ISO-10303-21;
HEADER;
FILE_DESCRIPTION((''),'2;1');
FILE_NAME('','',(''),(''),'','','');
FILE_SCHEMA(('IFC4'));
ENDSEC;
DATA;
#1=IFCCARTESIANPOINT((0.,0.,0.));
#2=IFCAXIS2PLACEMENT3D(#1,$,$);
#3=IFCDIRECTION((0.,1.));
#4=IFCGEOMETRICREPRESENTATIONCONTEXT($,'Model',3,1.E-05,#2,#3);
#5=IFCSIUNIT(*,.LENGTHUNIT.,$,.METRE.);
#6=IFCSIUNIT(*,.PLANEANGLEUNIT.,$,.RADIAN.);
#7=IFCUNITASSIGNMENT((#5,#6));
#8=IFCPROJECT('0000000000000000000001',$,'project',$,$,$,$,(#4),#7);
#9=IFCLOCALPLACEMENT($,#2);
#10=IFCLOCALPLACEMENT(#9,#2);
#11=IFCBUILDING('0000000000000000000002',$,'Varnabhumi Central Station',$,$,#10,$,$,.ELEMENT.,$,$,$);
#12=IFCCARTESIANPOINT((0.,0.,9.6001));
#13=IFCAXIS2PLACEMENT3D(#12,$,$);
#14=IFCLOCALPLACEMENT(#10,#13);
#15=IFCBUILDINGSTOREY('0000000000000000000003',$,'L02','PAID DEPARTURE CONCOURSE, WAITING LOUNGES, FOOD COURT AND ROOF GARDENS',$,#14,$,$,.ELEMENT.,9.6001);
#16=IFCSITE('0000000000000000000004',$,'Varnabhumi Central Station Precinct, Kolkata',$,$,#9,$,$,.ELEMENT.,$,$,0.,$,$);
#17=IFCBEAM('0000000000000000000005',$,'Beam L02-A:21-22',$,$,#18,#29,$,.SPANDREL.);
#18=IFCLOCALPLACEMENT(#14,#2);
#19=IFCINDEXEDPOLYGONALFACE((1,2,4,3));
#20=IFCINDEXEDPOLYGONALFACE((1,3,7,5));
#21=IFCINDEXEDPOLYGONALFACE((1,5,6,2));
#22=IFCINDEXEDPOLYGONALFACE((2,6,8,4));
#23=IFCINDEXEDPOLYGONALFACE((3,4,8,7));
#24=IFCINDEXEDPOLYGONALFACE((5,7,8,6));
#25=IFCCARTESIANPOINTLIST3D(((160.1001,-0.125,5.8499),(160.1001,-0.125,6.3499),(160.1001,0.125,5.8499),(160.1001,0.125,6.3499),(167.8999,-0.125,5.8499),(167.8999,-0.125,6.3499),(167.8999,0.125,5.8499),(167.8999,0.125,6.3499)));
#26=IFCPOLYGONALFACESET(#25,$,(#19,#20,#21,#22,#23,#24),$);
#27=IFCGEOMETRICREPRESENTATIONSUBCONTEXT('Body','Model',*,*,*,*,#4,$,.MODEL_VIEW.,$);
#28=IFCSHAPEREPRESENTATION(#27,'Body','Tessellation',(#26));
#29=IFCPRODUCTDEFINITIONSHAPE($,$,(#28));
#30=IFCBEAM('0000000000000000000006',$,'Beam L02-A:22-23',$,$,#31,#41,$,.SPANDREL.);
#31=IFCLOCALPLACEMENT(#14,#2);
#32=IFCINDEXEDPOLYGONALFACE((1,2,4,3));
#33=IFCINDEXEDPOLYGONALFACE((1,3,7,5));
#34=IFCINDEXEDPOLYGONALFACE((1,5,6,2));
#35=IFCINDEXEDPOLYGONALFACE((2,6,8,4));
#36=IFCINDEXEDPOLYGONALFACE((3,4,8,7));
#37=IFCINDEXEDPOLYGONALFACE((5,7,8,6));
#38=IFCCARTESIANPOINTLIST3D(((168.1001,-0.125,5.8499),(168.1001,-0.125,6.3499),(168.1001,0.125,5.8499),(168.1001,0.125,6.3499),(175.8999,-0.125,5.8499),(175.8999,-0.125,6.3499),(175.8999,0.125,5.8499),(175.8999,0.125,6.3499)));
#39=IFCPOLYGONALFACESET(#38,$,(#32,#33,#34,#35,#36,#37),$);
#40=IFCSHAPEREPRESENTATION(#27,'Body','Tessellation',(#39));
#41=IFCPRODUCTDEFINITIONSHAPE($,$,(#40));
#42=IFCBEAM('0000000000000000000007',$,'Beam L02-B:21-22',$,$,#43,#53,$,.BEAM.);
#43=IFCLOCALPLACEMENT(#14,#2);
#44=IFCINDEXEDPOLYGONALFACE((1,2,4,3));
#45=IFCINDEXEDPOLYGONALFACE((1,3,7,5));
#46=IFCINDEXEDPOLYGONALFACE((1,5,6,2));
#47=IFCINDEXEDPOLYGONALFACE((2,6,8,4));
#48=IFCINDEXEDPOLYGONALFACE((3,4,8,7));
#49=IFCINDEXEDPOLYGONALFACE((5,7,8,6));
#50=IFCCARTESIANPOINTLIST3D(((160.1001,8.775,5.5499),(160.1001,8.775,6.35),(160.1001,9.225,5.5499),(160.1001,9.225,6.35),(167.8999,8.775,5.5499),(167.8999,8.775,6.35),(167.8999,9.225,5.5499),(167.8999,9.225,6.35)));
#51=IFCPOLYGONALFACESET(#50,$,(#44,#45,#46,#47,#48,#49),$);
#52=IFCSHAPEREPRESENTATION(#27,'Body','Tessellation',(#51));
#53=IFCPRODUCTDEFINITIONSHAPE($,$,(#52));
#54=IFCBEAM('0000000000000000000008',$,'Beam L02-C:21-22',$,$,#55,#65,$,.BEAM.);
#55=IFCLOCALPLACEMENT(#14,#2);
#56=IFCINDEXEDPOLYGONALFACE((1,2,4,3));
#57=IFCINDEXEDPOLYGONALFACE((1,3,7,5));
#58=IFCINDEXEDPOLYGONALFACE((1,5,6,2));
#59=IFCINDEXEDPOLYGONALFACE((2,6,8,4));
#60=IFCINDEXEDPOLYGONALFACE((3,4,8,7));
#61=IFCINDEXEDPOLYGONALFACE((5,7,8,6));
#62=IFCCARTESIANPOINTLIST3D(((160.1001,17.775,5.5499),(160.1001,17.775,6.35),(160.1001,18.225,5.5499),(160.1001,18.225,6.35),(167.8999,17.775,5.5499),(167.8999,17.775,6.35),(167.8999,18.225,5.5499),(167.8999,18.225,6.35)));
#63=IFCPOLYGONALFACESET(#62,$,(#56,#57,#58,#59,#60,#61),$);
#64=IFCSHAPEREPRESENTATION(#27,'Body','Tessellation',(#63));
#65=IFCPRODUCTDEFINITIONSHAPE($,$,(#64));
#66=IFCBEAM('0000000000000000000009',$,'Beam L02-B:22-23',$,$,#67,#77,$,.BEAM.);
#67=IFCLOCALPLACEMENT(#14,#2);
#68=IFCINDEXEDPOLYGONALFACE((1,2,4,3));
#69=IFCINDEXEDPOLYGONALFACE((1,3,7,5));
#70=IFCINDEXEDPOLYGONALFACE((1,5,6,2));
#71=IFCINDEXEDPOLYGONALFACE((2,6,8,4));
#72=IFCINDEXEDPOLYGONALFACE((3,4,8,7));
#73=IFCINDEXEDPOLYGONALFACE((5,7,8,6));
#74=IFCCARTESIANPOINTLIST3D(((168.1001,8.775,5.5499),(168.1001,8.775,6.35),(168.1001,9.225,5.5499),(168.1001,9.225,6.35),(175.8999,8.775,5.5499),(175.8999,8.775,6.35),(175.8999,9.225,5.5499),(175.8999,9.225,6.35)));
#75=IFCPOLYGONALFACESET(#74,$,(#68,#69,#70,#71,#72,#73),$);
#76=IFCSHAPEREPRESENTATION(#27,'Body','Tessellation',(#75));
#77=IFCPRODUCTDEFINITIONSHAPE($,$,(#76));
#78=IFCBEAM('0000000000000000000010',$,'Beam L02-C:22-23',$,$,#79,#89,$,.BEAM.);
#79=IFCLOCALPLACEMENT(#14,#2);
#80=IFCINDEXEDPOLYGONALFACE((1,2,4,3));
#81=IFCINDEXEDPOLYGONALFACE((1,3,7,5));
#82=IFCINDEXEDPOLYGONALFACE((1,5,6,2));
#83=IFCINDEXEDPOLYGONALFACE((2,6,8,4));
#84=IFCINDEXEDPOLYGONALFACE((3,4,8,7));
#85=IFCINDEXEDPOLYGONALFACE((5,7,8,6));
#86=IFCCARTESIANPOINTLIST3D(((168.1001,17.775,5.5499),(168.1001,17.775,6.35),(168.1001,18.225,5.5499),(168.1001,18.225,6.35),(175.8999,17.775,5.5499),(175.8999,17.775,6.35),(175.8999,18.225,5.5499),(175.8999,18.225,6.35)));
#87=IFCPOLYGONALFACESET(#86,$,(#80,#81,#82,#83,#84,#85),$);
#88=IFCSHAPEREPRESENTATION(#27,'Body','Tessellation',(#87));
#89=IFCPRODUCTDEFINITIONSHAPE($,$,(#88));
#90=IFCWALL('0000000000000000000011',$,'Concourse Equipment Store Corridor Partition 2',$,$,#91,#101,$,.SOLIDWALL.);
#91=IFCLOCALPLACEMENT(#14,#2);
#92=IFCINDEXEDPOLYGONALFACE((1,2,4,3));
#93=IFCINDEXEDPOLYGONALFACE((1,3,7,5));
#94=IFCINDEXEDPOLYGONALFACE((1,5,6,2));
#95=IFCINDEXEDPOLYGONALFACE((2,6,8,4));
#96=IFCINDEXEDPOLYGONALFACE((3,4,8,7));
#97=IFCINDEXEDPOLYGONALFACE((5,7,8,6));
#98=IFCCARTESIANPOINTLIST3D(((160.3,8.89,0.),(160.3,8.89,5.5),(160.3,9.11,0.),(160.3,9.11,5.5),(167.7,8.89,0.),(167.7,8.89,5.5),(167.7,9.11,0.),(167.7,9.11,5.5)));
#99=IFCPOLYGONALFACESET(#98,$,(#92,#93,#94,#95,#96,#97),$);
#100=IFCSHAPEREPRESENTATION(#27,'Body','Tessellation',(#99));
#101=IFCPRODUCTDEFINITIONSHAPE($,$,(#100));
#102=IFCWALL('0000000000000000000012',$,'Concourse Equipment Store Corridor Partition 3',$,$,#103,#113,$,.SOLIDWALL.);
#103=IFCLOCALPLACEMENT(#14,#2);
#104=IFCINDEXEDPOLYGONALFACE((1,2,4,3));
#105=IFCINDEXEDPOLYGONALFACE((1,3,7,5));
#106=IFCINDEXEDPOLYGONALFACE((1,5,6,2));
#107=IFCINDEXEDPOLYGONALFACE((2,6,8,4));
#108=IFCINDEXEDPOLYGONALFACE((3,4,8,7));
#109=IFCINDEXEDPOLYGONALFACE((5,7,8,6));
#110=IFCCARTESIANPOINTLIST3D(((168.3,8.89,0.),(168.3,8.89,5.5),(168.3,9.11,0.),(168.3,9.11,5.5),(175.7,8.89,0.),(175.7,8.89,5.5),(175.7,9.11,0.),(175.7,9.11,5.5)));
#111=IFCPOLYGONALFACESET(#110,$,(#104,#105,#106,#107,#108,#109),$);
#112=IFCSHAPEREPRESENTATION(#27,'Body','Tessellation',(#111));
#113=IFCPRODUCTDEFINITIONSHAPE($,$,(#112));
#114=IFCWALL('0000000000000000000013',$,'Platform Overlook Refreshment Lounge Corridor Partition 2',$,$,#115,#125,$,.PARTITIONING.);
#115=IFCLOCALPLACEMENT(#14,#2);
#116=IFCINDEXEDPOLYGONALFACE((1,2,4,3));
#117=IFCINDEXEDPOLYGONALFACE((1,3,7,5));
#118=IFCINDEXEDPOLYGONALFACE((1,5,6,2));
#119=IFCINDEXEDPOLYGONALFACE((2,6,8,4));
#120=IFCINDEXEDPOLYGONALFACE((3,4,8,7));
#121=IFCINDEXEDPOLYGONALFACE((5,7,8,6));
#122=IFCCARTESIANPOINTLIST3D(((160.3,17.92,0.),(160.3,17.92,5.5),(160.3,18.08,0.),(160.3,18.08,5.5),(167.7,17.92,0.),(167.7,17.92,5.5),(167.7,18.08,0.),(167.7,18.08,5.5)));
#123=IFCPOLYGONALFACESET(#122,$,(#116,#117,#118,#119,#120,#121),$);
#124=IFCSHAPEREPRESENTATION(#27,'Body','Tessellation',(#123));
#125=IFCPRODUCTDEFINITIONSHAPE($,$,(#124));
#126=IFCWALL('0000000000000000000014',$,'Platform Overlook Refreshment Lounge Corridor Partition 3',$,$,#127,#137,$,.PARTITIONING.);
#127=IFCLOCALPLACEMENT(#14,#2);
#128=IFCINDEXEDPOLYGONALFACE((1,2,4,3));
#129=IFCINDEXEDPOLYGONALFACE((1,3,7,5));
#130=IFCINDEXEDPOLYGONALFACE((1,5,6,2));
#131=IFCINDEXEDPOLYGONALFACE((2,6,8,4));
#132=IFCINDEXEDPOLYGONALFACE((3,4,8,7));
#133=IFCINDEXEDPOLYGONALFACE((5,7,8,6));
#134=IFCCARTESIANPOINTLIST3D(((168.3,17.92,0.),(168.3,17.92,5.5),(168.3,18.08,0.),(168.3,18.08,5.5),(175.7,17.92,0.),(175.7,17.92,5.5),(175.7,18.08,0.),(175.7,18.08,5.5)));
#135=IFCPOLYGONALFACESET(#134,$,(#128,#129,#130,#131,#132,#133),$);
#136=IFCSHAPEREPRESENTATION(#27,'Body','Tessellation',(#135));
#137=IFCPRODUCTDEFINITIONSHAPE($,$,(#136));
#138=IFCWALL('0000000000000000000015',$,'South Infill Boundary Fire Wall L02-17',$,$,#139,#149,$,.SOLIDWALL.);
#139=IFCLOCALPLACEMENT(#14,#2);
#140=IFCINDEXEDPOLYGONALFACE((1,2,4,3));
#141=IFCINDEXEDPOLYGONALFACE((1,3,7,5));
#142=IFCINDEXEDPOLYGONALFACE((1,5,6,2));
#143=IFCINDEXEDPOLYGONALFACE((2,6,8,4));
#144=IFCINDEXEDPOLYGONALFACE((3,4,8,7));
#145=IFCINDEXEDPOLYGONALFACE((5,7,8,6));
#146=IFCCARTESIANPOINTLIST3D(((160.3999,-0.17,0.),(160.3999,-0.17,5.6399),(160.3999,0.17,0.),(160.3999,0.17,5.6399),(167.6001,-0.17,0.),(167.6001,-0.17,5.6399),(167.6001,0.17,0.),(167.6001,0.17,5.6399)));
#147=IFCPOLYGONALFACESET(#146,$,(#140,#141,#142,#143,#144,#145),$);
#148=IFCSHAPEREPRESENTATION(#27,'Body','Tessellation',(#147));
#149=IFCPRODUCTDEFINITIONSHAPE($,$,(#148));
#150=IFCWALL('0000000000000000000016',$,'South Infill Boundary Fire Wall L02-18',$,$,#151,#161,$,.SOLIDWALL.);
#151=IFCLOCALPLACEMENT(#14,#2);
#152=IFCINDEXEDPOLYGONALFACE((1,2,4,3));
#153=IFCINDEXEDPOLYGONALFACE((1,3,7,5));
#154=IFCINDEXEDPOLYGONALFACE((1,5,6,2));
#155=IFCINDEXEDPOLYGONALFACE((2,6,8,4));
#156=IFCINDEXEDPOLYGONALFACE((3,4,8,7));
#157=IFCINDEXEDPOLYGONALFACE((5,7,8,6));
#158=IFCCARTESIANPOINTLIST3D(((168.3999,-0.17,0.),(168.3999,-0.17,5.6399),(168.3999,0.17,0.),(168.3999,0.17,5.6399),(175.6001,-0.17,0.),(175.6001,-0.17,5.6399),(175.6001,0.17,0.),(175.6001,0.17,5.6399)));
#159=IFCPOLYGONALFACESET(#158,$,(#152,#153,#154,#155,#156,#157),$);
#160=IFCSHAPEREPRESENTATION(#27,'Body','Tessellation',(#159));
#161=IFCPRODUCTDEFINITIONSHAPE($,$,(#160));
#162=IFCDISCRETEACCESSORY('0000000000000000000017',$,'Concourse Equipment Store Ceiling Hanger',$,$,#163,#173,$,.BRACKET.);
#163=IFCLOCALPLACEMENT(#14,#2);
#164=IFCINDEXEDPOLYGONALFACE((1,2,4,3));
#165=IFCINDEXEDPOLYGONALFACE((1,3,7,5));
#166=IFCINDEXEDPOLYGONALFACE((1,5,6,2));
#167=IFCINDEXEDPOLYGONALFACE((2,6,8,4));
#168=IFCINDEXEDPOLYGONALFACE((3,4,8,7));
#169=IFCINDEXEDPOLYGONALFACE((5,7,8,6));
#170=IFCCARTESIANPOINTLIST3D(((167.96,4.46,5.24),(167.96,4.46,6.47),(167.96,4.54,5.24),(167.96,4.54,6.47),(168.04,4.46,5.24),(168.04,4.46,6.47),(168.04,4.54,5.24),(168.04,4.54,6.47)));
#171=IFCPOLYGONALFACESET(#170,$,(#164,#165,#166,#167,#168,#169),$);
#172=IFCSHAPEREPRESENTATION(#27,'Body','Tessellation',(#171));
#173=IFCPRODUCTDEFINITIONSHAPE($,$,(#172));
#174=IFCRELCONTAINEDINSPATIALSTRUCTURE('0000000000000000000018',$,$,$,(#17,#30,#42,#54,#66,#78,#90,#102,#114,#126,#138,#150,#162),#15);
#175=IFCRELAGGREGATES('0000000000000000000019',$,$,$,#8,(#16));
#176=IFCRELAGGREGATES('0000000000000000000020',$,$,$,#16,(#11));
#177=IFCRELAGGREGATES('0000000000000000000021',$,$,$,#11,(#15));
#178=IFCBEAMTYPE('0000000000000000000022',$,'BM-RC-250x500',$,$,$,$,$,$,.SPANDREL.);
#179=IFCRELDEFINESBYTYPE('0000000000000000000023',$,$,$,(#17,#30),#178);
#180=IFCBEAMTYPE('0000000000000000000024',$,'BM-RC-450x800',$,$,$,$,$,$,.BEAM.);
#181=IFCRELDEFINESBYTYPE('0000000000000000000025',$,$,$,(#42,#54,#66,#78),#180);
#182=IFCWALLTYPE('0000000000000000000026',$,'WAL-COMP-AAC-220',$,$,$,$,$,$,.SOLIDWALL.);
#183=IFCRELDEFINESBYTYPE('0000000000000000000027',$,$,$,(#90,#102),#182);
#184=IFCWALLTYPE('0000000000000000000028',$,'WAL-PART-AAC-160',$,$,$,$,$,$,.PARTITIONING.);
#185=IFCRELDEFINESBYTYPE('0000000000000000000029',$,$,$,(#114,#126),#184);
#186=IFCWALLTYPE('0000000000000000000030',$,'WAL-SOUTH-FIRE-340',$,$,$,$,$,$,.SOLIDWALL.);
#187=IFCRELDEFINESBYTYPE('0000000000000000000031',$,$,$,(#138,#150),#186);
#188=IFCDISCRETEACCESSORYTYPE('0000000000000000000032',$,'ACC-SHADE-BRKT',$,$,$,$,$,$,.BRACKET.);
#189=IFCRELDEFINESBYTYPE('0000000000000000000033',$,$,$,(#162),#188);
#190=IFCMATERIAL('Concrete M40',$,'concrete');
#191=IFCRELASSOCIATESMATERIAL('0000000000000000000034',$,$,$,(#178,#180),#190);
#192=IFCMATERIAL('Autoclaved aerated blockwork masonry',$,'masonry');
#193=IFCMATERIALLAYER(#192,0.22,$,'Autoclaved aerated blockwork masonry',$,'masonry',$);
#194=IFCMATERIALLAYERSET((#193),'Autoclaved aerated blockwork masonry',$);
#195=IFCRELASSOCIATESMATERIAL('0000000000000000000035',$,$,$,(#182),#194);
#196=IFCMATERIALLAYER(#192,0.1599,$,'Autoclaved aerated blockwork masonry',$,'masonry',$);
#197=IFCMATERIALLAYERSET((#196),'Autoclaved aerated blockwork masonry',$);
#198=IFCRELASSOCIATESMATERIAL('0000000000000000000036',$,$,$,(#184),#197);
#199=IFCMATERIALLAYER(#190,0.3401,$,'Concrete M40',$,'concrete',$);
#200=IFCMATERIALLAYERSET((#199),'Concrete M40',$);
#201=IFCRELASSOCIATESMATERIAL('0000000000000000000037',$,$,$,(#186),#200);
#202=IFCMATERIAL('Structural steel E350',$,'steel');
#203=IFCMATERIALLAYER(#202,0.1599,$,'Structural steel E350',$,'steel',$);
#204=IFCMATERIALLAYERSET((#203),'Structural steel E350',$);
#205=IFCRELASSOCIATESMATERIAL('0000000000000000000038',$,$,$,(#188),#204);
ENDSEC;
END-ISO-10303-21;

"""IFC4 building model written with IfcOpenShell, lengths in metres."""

from ifc_helpers import new_model, si_unit, direction, frame, frame_2d, origin, origin_2d, place, context, subcontext, project, spatial, rectangle, extrude, material, layer, layer_set, material_profile, profile_set, type_object, element, save


model = new_model("IFC4")

# Units and contexts
model_context = context("Model", 3, precision=1e-05, world=origin(), true_north=direction((0.0, 1.0)))
body_context = subcontext(model_context, "Body", "Model", "MODEL_VIEW")
ifc_project = project(units=[si_unit("LENGTHUNIT", "METRE"), si_unit("PLANEANGLEUNIT", "RADIAN")], contexts=[model_context])

# Site, building, storey
site_placement = place(None, origin())
site = spatial("IfcSite", under=ifc_project, at=site_placement, Name="Varnabhumi Central Station Precinct, Kolkata", CompositionType="ELEMENT", RefElevation=0.0)
building_placement = place(site_placement, origin())
building = spatial("IfcBuilding", under=site, at=building_placement, Name="Varnabhumi Central Station", CompositionType="ELEMENT")
storey_placement = place(building_placement, frame((0.0, 0.0, 9.6001)))
storey = spatial("IfcBuildingStorey", under=building, at=storey_placement, Name="L02", Description="PAID DEPARTURE CONCOURSE, WAITING LOUNGES, FOOD COURT AND ROOF GARDENS", CompositionType="ELEMENT", Elevation=9.6001)

# Shared definitions
ifc_material_1 = material(Name="Concrete M40", Category="concrete")

# Beams
ifc_material_2 = material(Name="Structural steel E350", Category="steel")
ifc_material_profile_1 = material_profile(ifc_material_1, rectangle(XDim=0.25, YDim=0.5, at=origin_2d()), Name="Concrete M40", Category="concrete")
ifc_profile_set_1 = profile_set([ifc_material_profile_1], Name="Concrete M40")
beam_type_1 = type_object("IfcBeamType", Name="BM-RC-250x500", PredefinedType="SPANDREL", material=ifc_profile_set_1)
for number, where, z_axis, x_axis, name in (
    (1, (160.1001, 0.0, 6.0999), (1.0, 0.0, 0.0), (0.0, 1.0, 0.0), "Beam L02-A:21-22"),
    (2, (168.1001, 0.0, 6.0999), (1.0, 0.0, 0.0), (0.0, 1.0, 0.0), "Beam L02-A:22-23"),
):
    element("IfcBeam", number, at=place(storey_placement, frame(where, z_axis=z_axis, x_axis=x_axis)), inside=storey, type_object=beam_type_1, Name=name, PredefinedType="SPANDREL", context=body_context, shape_type="SweptSolid", body=[
        extrude(rectangle(XDim=0.25, YDim=0.5, at=origin_2d()), origin(), (0.0, 0.0, 1.0), 7.7998),
    ])
ifc_material_profile_2 = material_profile(ifc_material_1, rectangle(XDim=0.45, YDim=0.8, at=origin_2d()), Name="Concrete M40", Category="concrete")
ifc_profile_set_2 = profile_set([ifc_material_profile_2], Name="Concrete M40")
beam_type_2 = type_object("IfcBeamType", Name="BM-RC-450x800", PredefinedType="BEAM", material=ifc_profile_set_2)
for number, where, z_axis, x_axis, name in (
    (3, (160.1001, 9.0, 5.95), (1.0, 0.0, 0.0), (0.0, 1.0, 0.0), "Beam L02-B:21-22"),
    (4, (160.1001, 18.0, 5.95), (1.0, 0.0, 0.0), (0.0, 1.0, 0.0), "Beam L02-C:21-22"),
    (5, (168.1001, 9.0, 5.95), (1.0, 0.0, 0.0), (0.0, 1.0, 0.0), "Beam L02-B:22-23"),
    (6, (168.1001, 18.0, 5.95), (1.0, 0.0, 0.0), (0.0, 1.0, 0.0), "Beam L02-C:22-23"),
):
    element("IfcBeam", number, at=place(storey_placement, frame(where, z_axis=z_axis, x_axis=x_axis)), inside=storey, type_object=beam_type_2, Name=name, PredefinedType="BEAM", context=body_context, shape_type="SweptSolid", body=[
        extrude(rectangle(XDim=0.45, YDim=0.8, at=origin_2d()), origin(), (0.0, 0.0, 1.0), 7.7998),
    ])

# Walls
ifc_material_3 = material(Name="Autoclaved aerated blockwork masonry", Category="masonry")
ifc_layer_1 = layer(ifc_material_3, 0.22, Name="Autoclaved aerated blockwork masonry", Category="masonry")
ifc_layer_set_1 = layer_set([ifc_layer_1], Name="Autoclaved aerated blockwork masonry")
wall_type_1 = type_object("IfcWallType", Name="WAL-COMP-AAC-220", PredefinedType="SOLIDWALL", material=ifc_layer_set_1)
for number, where, z_axis, x_axis, name in (
    (7, (160.3, 9.0, 0.0), (0.0, 0.0, 1.0), (1.0, 0.0, 0.0), "Concourse Equipment Store Corridor Partition 2"),
    (8, (168.3, 9.0, 0.0), (0.0, 0.0, 1.0), (1.0, 0.0, 0.0), "Concourse Equipment Store Corridor Partition 3"),
):
    element("IfcWall", number, at=place(storey_placement, frame(where, z_axis=z_axis, x_axis=x_axis)), inside=storey, type_object=wall_type_1, Name=name, PredefinedType="SOLIDWALL", context=body_context, shape_type="SweptSolid", body=[
        extrude(rectangle(XDim=7.3999, YDim=0.22, at=frame_2d((3.7, 0.0))), origin(), (0.0, 0.0, 1.0), 5.5),
    ])
ifc_layer_2 = layer(ifc_material_3, 0.1599, Name="Autoclaved aerated blockwork masonry", Category="masonry")
ifc_layer_set_2 = layer_set([ifc_layer_2], Name="Autoclaved aerated blockwork masonry")
wall_type_2 = type_object("IfcWallType", Name="WAL-PART-AAC-160", PredefinedType="PARTITIONING", material=ifc_layer_set_2)
for number, where, z_axis, x_axis, name in (
    (9, (160.3, 18.0, 0.0), (0.0, 0.0, 1.0), (1.0, 0.0, 0.0), "Platform Overlook Refreshment Lounge Corridor Partition 2"),
    (10, (168.3, 18.0, 0.0), (0.0, 0.0, 1.0), (1.0, 0.0, 0.0), "Platform Overlook Refreshment Lounge Corridor Partition 3"),
):
    element("IfcWall", number, at=place(storey_placement, frame(where, z_axis=z_axis, x_axis=x_axis)), inside=storey, type_object=wall_type_2, Name=name, PredefinedType="PARTITIONING", context=body_context, shape_type="SweptSolid", body=[
        extrude(rectangle(XDim=7.3999, YDim=0.1599, at=frame_2d((3.7, 0.0))), origin(), (0.0, 0.0, 1.0), 5.5),
    ])
ifc_layer_3 = layer(ifc_material_1, 0.3401, Name="Concrete M40", Category="concrete")
ifc_layer_set_3 = layer_set([ifc_layer_3], Name="Concrete M40")
wall_type_3 = type_object("IfcWallType", Name="WAL-SOUTH-FIRE-340", PredefinedType="SOLIDWALL", material=ifc_layer_set_3)
for number, where, z_axis, x_axis, name in (
    (11, (160.3999, 0.0, 0.0), (0.0, 0.0, 1.0), (1.0, 0.0, 0.0), "South Infill Boundary Fire Wall L02-17"),
    (12, (168.3999, 0.0, 0.0), (0.0, 0.0, 1.0), (1.0, 0.0, 0.0), "South Infill Boundary Fire Wall L02-18"),
):
    element("IfcWall", number, at=place(storey_placement, frame(where, z_axis=z_axis, x_axis=x_axis)), inside=storey, type_object=wall_type_3, Name=name, PredefinedType="SOLIDWALL", context=body_context, shape_type="SweptSolid", body=[
        extrude(rectangle(XDim=7.2002, YDim=0.3401, at=frame_2d((3.6001, 0.0))), origin(), (0.0, 0.0, 1.0), 5.6399),
    ])

# Discrete accessory
ifc_layer_4 = layer(ifc_material_2, 0.1599, Name="Structural steel E350", Category="steel")
ifc_layer_set_4 = layer_set([ifc_layer_4], Name="Structural steel E350")
discrete_accessory_type = type_object("IfcDiscreteAccessoryType", Name="ACC-SHADE-BRKT", PredefinedType="BRACKET", material=ifc_layer_set_4)
discrete_accessory_placement = place(storey_placement, frame((168.0, 4.5, 5.24), z_axis=(0.0, 0.0, 1.0), x_axis=(1.0, 0.0, 0.0)))
element("IfcDiscreteAccessory", 13, at=discrete_accessory_placement, inside=storey, type_object=discrete_accessory_type, Name="Concourse Equipment Store Ceiling Hanger", PredefinedType="BRACKET", context=body_context, shape_type="SweptSolid", body=[
    extrude(rectangle(XDim=0.0801, YDim=0.0801, at=origin_2d()), origin(), (0.0, 0.0, 1.0), 1.23),
])

save(model, "model.ifc")
